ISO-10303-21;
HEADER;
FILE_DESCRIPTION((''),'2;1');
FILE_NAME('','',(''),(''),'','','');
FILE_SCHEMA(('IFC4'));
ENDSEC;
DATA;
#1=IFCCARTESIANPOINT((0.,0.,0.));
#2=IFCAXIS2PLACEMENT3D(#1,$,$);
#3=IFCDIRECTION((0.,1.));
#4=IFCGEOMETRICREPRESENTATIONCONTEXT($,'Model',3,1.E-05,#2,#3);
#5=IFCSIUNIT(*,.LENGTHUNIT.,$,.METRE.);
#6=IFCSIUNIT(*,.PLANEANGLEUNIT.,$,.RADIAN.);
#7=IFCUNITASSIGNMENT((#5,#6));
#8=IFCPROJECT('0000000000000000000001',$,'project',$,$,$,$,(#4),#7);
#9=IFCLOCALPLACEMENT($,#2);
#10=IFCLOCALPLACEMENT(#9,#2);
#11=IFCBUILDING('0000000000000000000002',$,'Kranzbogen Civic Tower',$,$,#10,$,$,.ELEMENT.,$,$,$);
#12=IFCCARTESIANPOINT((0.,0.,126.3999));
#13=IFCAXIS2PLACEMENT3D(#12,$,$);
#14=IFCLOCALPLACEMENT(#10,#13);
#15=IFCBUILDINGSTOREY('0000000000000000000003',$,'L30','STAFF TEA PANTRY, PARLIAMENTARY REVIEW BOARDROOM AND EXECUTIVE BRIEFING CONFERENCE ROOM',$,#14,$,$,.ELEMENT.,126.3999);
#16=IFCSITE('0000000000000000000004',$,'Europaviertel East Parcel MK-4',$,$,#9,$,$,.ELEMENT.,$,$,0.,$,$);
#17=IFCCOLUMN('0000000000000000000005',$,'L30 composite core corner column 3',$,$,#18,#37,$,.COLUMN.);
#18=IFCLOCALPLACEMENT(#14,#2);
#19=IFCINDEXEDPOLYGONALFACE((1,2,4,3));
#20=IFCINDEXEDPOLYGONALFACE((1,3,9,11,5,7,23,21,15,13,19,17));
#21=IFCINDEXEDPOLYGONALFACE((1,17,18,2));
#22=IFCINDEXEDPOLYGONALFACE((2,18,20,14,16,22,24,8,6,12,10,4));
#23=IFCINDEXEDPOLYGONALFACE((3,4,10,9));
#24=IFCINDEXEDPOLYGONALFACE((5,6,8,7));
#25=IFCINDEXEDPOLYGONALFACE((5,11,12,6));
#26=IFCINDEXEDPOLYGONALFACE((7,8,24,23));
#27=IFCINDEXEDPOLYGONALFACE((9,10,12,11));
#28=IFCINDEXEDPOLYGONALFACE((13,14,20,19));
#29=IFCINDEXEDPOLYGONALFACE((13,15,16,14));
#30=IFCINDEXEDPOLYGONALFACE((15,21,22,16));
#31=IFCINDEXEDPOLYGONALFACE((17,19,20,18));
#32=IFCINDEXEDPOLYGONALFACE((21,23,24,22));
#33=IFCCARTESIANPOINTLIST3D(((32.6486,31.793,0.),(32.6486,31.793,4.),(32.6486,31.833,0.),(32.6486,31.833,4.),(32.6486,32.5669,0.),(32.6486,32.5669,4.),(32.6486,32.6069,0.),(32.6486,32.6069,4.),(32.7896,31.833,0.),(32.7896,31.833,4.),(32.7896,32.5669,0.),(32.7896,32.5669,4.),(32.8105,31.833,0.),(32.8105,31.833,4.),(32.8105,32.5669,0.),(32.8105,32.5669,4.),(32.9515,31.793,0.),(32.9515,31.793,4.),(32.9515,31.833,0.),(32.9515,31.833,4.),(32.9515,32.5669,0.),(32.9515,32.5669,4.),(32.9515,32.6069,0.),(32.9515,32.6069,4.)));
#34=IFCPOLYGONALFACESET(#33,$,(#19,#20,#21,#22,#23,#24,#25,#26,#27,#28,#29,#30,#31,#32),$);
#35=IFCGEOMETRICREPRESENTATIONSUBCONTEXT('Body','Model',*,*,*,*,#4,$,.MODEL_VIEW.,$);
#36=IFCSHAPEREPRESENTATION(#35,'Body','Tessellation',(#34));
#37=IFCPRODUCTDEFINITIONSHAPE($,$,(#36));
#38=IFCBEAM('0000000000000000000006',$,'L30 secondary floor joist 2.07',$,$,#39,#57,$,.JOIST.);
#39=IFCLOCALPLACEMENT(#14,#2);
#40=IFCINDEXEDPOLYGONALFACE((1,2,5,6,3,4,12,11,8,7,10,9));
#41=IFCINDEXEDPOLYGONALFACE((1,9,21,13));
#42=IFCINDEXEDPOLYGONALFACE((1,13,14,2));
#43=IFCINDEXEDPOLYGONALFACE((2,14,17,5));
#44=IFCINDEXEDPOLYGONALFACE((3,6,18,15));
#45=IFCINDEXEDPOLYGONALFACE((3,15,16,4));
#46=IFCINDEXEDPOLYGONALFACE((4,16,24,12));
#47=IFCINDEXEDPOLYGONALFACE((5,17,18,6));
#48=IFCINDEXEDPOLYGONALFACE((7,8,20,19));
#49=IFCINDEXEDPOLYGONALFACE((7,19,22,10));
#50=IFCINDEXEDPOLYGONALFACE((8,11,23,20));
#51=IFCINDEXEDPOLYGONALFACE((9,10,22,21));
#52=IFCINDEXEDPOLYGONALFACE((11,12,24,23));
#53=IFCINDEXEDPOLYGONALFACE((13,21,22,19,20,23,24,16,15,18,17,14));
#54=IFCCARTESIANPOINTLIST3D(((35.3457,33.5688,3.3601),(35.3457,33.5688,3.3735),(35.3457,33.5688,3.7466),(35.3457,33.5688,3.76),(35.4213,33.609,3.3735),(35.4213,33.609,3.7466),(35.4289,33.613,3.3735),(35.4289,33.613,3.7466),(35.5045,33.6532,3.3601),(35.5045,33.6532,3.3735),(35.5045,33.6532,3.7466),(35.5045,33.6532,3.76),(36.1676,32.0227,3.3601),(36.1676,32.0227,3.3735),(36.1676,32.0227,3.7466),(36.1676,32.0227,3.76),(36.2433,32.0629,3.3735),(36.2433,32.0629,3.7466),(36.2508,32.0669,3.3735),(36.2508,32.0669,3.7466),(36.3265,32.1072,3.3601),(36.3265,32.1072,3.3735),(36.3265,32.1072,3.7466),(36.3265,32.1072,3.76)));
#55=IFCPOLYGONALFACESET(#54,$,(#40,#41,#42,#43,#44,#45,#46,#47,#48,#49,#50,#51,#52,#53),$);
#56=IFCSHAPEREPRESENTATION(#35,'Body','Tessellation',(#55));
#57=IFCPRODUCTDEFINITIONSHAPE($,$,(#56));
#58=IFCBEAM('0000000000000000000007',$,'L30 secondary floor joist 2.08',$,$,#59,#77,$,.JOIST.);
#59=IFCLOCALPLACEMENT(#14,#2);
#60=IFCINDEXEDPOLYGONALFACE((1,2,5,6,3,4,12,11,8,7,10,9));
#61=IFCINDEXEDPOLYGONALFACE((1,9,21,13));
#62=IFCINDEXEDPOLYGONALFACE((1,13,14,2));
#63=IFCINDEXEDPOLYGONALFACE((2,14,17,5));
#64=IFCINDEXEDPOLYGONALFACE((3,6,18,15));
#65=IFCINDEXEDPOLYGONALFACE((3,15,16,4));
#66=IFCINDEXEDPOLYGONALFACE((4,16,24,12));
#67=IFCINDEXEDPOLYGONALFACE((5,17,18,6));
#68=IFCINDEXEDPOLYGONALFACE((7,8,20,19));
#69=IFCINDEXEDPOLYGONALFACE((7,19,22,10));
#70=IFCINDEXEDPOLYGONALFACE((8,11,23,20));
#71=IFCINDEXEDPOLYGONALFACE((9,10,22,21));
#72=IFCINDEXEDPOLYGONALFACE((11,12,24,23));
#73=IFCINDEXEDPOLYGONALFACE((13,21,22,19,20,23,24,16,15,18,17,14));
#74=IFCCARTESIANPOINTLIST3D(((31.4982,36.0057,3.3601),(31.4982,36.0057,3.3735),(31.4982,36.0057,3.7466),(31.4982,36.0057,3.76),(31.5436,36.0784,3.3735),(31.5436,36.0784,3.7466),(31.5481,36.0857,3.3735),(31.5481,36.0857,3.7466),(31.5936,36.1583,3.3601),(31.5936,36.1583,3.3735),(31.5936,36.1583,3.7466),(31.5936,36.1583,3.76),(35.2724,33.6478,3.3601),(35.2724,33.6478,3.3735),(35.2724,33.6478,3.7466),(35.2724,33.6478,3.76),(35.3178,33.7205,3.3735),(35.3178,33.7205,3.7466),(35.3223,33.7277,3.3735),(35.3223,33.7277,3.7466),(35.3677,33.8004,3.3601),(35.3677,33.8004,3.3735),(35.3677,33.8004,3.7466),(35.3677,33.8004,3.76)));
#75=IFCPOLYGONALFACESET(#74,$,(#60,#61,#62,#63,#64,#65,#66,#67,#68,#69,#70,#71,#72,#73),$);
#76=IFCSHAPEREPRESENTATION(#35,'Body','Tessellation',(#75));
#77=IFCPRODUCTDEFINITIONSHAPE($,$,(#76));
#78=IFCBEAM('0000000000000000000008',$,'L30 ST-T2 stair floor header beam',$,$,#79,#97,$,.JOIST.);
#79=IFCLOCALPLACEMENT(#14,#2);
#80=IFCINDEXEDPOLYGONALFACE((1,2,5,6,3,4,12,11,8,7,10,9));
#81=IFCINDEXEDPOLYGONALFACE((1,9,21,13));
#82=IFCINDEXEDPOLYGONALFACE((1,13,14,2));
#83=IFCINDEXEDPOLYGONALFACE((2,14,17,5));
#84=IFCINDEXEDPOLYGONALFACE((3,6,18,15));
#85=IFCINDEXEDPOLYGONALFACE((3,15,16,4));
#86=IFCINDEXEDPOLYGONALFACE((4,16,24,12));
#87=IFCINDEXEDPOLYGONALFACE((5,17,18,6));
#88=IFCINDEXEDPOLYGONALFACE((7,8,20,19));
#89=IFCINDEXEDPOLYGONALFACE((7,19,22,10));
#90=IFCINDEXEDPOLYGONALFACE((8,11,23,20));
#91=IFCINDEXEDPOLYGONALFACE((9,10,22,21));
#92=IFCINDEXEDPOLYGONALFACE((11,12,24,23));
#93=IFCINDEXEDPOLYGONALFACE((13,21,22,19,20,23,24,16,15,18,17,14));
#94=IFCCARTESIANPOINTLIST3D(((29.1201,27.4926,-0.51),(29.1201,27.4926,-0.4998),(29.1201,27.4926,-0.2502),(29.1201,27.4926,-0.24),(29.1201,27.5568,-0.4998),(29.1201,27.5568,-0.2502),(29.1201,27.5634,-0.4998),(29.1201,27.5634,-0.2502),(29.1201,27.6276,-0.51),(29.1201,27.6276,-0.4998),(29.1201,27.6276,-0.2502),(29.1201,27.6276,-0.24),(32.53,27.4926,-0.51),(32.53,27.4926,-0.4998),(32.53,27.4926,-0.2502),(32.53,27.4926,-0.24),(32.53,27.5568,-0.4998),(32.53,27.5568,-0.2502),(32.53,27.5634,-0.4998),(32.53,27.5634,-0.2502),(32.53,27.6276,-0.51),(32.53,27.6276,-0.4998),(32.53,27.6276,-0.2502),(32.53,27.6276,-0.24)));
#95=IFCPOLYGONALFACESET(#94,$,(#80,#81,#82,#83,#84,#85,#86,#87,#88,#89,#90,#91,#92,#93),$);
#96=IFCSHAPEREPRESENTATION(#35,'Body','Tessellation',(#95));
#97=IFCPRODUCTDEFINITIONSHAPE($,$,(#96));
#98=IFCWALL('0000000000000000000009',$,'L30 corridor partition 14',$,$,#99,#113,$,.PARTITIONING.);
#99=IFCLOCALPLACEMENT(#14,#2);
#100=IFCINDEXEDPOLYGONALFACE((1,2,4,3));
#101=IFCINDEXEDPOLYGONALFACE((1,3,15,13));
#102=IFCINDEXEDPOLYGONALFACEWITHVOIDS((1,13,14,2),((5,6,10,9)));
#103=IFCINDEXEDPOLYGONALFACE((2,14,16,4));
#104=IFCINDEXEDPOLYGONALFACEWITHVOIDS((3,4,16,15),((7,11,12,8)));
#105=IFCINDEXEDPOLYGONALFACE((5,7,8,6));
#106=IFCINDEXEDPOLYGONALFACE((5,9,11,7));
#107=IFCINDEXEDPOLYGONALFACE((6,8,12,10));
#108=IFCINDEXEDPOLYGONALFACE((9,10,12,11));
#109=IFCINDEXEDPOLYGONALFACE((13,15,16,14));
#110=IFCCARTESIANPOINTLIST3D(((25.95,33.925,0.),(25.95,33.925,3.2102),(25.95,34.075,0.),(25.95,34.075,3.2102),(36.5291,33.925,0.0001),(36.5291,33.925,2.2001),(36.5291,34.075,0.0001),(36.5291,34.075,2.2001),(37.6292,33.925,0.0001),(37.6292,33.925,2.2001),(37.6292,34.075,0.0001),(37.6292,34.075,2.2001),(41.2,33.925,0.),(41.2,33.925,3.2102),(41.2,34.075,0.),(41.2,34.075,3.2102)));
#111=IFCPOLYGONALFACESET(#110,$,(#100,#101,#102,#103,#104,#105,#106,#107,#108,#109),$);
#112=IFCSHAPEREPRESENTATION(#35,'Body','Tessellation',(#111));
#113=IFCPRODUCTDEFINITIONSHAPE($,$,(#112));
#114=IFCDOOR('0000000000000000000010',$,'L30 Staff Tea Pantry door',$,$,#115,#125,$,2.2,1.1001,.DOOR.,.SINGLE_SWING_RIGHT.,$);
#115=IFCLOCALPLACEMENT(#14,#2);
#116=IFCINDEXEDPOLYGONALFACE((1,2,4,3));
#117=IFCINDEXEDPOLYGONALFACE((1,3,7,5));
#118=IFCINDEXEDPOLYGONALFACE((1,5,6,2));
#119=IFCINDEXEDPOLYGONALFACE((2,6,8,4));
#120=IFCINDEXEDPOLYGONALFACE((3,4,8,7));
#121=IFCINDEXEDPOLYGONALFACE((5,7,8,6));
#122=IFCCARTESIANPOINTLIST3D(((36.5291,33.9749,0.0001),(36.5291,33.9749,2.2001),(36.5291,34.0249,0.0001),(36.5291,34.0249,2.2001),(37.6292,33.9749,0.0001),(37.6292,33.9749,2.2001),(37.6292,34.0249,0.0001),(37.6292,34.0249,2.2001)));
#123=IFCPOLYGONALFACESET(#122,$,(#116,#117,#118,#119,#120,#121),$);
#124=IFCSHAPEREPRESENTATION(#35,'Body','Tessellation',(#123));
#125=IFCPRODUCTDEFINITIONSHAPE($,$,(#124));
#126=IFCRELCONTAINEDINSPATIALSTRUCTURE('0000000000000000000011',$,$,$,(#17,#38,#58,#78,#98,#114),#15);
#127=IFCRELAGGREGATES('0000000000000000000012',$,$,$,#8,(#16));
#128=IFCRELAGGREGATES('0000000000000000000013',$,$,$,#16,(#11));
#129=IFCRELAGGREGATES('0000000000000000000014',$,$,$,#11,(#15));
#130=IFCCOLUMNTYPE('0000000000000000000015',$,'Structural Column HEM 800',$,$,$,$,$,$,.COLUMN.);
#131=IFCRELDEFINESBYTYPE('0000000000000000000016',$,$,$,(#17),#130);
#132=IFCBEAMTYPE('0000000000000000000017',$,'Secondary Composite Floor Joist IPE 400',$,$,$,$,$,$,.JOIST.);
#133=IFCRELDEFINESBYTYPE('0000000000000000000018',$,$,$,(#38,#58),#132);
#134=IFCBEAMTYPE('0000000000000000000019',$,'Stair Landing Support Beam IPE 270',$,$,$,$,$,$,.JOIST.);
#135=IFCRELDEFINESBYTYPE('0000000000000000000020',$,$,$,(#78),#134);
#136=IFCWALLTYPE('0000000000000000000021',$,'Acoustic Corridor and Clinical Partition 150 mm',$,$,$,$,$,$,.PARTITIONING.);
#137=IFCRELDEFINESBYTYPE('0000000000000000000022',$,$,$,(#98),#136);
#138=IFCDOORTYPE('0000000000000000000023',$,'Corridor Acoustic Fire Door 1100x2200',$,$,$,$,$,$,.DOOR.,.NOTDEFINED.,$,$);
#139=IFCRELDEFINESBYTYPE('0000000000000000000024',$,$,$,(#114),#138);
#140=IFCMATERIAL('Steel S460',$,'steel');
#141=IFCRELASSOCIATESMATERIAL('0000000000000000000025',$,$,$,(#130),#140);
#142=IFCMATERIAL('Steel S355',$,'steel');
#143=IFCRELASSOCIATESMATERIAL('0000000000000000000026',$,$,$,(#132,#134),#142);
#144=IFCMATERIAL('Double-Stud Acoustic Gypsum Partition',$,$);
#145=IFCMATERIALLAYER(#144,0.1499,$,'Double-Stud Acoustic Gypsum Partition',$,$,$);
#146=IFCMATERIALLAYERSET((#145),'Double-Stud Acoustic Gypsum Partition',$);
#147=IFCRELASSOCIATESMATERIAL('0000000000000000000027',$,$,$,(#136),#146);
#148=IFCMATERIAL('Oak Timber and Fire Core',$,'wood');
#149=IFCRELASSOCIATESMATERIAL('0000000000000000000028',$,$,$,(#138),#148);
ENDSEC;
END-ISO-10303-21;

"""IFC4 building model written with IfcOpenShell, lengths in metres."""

from ifc_helpers import new_model, si_unit, direction, frame, frame_2d, origin, origin_2d, place, context, subcontext, project, spatial, rectangle, i_section, extrude, material, layer, layer_set, material_profile, profile_set, type_object, element, fill, save


model = new_model("IFC4")

# Units and contexts
model_context = context("Model", 3, precision=1e-05, world=origin(), true_north=direction((0.0, 1.0)))
body_context = subcontext(model_context, "Body", "Model", "MODEL_VIEW")
ifc_project = project(units=[si_unit("LENGTHUNIT", "METRE"), si_unit("PLANEANGLEUNIT", "RADIAN")], contexts=[model_context])

# Site, building, storey
site_placement = place(None, origin())
site = spatial("IfcSite", under=ifc_project, at=site_placement, Name="Europaviertel East Parcel MK-4", CompositionType="ELEMENT", RefElevation=0.0)
building_placement = place(site_placement, origin())
building = spatial("IfcBuilding", under=site, at=building_placement, Name="Kranzbogen Civic Tower", CompositionType="ELEMENT")
storey_placement = place(building_placement, frame((0.0, 0.0, 126.3999)))
storey = spatial("IfcBuildingStorey", under=building, at=storey_placement, Name="L30", Description="STAFF TEA PANTRY, PARLIAMENTARY REVIEW BOARDROOM AND EXECUTIVE BRIEFING CONFERENCE ROOM", CompositionType="ELEMENT", Elevation=126.3999)

# Column
ifc_material_1 = material(Name="Steel S460", Category="steel")
ifc_material_profile_1 = material_profile(ifc_material_1, i_section(OverallWidth=0.303, OverallDepth=0.814, WebThickness=0.021, FlangeThickness=0.04, at=origin_2d()), Name="HEM 800")
ifc_profile_set_1 = profile_set([ifc_material_profile_1], Name="Steel S460")
column_type = type_object("IfcColumnType", Name="Structural Column HEM 800", PredefinedType="COLUMN", material=ifc_profile_set_1)
column_placement = place(storey_placement, frame((32.8, 32.2, 0.0), z_axis=(0.0, 0.0, 1.0), x_axis=(1.0, 0.0, 0.0)))
element("IfcColumn", 1, at=column_placement, inside=storey, type_object=column_type, Name="L30 composite core corner column 3", PredefinedType="COLUMN", context=body_context, shape_type="SweptSolid", body=[
    extrude(i_section(OverallWidth=0.303, OverallDepth=0.814, WebThickness=0.021, FlangeThickness=0.04, at=origin_2d()), origin(), (0.0, 0.0, 1.0), 4.0),
])

# Beams
ifc_material_2 = material(Name="Steel S355", Category="steel")
ifc_material_profile_2 = material_profile(ifc_material_2, i_section(OverallWidth=0.1799, OverallDepth=0.3999, WebThickness=0.0085, FlangeThickness=0.0134, at=origin_2d()), Name="IPE 400")
ifc_profile_set_2 = profile_set([ifc_material_profile_2], Name="Steel S355")
beam_type_1 = type_object("IfcBeamType", Name="Secondary Composite Floor Joist IPE 400", PredefinedType="JOIST", material=ifc_profile_set_2)
beam_1_placement = place(storey_placement, frame((36.2471, 32.0649, 3.5601), z_axis=(-0.469437, 0.882966, 0.0), x_axis=(-0.882966, -0.469437, 0.0)))
element("IfcBeam", 2, at=beam_1_placement, inside=storey, type_object=beam_type_1, Name="L30 secondary floor joist 2.07", PredefinedType="JOIST", context=body_context, shape_type="SweptSolid", body=[
    extrude(i_section(OverallWidth=0.1799, OverallDepth=0.3999, WebThickness=0.0085, FlangeThickness=0.0134, at=origin_2d()), origin(), (0.0, 0.0, 1.0), 1.751),
])
beam_2_placement = place(storey_placement, frame((35.3201, 33.7241, 3.5601), z_axis=(-0.848094, 0.529846, 0.0), x_axis=(-0.529846, -0.848094, 0.0)))
element("IfcBeam", 3, at=beam_2_placement, inside=storey, type_object=beam_type_1, Name="L30 secondary floor joist 2.08", PredefinedType="JOIST", context=body_context, shape_type="SweptSolid", body=[
    extrude(i_section(OverallWidth=0.1799, OverallDepth=0.3999, WebThickness=0.0085, FlangeThickness=0.0134, at=origin_2d()), origin(), (0.0, 0.0, 1.0), 4.4502),
])
ifc_material_profile_3 = material_profile(ifc_material_2, i_section(OverallWidth=0.135, OverallDepth=0.27, WebThickness=0.0066, FlangeThickness=0.0103, at=origin_2d()), Name="IPE 270")
ifc_profile_set_3 = profile_set([ifc_material_profile_3], Name="Steel S355")
beam_type_2 = type_object("IfcBeamType", Name="Stair Landing Support Beam IPE 270", PredefinedType="JOIST", material=ifc_profile_set_3)
beam_3_placement = place(storey_placement, frame((29.1201, 27.5601, -0.375), z_axis=(1.0, 0.0, 0.0), x_axis=(0.0, 1.0, 0.0)))
element("IfcBeam", 4, at=beam_3_placement, inside=storey, type_object=beam_type_2, Name="L30 ST-T2 stair floor header beam", PredefinedType="JOIST", context=body_context, shape_type="SweptSolid", body=[
    extrude(i_section(OverallWidth=0.135, OverallDepth=0.27, WebThickness=0.0066, FlangeThickness=0.0103, at=origin_2d()), origin(), (0.0, 0.0, 1.0), 3.4099),
])

# Wall, opening, door
ifc_material_3 = material(Name="Double-Stud Acoustic Gypsum Partition")
ifc_layer_1 = layer(ifc_material_3, 0.1499, Name="Double-Stud Acoustic Gypsum Partition")
ifc_layer_set_1 = layer_set([ifc_layer_1], Name="Double-Stud Acoustic Gypsum Partition")
wall_type_1 = type_object("IfcWallType", Name="Acoustic Corridor and Clinical Partition 150 mm", PredefinedType="PARTITIONING", material=ifc_layer_set_1)
wall_1_placement = place(storey_placement, frame((25.95, 34.0, 0.0), z_axis=(0.0, 0.0, 1.0), x_axis=(1.0, 0.0, 0.0)))
wall_1 = element("IfcWall", 5, at=wall_1_placement, inside=storey, type_object=wall_type_1, Name="L30 corridor partition 14", PredefinedType="PARTITIONING", context=body_context, shape_type="SweptSolid", body=[
    extrude(rectangle(XDim=15.25, YDim=0.1499, at=frame_2d((7.625, 0.0))), origin(), (0.0, 0.0, 1.0), 3.2102),
])
opening_1_placement = place(wall_1_placement, frame((10.5791, 0.0, 0.0)))
opening_1 = element("IfcOpeningElement", 6, at=opening_1_placement, cuts=wall_1, PredefinedType="OPENING", context=body_context, shape_type="SweptSolid", body=[
    extrude(rectangle(XDim=1.1001, YDim=2.2, at=frame_2d((0.55, 1.1001))), frame((0.0, 0.085, 0.0), z_axis=(0.0, -1.0, 0.0), x_axis=(1.0, 0.0, 0.0)), (0.0, 0.0, 1.0), 0.1699),
])
ifc_material_4 = material(Name="Oak Timber and Fire Core", Category="wood")
door_type_1 = type_object("IfcDoorType", Name="Corridor Acoustic Fire Door 1100x2200", OperationType="NOTDEFINED", PredefinedType="DOOR", material=ifc_material_4)
door_1_placement = place(opening_1_placement, origin())
door_1 = element("IfcDoor", 7, at=door_1_placement, inside=storey, type_object=door_type_1, Name="L30 Staff Tea Pantry door", OperationType="SINGLE_SWING_RIGHT", OverallHeight=2.2, OverallWidth=1.1001, PredefinedType="DOOR", context=body_context, shape_type="SweptSolid", body=[
    extrude(rectangle(XDim=1.1001, YDim=2.2, at=frame_2d((0.55, 1.1001))), frame((0.0, 0.0249, 0.0), z_axis=(0.0, -1.0, 0.0), x_axis=(1.0, 0.0, 0.0)), (0.0, 0.0, 1.0), 0.05),
])
fill(opening_1, door_1)

save(model, "model.ifc")
